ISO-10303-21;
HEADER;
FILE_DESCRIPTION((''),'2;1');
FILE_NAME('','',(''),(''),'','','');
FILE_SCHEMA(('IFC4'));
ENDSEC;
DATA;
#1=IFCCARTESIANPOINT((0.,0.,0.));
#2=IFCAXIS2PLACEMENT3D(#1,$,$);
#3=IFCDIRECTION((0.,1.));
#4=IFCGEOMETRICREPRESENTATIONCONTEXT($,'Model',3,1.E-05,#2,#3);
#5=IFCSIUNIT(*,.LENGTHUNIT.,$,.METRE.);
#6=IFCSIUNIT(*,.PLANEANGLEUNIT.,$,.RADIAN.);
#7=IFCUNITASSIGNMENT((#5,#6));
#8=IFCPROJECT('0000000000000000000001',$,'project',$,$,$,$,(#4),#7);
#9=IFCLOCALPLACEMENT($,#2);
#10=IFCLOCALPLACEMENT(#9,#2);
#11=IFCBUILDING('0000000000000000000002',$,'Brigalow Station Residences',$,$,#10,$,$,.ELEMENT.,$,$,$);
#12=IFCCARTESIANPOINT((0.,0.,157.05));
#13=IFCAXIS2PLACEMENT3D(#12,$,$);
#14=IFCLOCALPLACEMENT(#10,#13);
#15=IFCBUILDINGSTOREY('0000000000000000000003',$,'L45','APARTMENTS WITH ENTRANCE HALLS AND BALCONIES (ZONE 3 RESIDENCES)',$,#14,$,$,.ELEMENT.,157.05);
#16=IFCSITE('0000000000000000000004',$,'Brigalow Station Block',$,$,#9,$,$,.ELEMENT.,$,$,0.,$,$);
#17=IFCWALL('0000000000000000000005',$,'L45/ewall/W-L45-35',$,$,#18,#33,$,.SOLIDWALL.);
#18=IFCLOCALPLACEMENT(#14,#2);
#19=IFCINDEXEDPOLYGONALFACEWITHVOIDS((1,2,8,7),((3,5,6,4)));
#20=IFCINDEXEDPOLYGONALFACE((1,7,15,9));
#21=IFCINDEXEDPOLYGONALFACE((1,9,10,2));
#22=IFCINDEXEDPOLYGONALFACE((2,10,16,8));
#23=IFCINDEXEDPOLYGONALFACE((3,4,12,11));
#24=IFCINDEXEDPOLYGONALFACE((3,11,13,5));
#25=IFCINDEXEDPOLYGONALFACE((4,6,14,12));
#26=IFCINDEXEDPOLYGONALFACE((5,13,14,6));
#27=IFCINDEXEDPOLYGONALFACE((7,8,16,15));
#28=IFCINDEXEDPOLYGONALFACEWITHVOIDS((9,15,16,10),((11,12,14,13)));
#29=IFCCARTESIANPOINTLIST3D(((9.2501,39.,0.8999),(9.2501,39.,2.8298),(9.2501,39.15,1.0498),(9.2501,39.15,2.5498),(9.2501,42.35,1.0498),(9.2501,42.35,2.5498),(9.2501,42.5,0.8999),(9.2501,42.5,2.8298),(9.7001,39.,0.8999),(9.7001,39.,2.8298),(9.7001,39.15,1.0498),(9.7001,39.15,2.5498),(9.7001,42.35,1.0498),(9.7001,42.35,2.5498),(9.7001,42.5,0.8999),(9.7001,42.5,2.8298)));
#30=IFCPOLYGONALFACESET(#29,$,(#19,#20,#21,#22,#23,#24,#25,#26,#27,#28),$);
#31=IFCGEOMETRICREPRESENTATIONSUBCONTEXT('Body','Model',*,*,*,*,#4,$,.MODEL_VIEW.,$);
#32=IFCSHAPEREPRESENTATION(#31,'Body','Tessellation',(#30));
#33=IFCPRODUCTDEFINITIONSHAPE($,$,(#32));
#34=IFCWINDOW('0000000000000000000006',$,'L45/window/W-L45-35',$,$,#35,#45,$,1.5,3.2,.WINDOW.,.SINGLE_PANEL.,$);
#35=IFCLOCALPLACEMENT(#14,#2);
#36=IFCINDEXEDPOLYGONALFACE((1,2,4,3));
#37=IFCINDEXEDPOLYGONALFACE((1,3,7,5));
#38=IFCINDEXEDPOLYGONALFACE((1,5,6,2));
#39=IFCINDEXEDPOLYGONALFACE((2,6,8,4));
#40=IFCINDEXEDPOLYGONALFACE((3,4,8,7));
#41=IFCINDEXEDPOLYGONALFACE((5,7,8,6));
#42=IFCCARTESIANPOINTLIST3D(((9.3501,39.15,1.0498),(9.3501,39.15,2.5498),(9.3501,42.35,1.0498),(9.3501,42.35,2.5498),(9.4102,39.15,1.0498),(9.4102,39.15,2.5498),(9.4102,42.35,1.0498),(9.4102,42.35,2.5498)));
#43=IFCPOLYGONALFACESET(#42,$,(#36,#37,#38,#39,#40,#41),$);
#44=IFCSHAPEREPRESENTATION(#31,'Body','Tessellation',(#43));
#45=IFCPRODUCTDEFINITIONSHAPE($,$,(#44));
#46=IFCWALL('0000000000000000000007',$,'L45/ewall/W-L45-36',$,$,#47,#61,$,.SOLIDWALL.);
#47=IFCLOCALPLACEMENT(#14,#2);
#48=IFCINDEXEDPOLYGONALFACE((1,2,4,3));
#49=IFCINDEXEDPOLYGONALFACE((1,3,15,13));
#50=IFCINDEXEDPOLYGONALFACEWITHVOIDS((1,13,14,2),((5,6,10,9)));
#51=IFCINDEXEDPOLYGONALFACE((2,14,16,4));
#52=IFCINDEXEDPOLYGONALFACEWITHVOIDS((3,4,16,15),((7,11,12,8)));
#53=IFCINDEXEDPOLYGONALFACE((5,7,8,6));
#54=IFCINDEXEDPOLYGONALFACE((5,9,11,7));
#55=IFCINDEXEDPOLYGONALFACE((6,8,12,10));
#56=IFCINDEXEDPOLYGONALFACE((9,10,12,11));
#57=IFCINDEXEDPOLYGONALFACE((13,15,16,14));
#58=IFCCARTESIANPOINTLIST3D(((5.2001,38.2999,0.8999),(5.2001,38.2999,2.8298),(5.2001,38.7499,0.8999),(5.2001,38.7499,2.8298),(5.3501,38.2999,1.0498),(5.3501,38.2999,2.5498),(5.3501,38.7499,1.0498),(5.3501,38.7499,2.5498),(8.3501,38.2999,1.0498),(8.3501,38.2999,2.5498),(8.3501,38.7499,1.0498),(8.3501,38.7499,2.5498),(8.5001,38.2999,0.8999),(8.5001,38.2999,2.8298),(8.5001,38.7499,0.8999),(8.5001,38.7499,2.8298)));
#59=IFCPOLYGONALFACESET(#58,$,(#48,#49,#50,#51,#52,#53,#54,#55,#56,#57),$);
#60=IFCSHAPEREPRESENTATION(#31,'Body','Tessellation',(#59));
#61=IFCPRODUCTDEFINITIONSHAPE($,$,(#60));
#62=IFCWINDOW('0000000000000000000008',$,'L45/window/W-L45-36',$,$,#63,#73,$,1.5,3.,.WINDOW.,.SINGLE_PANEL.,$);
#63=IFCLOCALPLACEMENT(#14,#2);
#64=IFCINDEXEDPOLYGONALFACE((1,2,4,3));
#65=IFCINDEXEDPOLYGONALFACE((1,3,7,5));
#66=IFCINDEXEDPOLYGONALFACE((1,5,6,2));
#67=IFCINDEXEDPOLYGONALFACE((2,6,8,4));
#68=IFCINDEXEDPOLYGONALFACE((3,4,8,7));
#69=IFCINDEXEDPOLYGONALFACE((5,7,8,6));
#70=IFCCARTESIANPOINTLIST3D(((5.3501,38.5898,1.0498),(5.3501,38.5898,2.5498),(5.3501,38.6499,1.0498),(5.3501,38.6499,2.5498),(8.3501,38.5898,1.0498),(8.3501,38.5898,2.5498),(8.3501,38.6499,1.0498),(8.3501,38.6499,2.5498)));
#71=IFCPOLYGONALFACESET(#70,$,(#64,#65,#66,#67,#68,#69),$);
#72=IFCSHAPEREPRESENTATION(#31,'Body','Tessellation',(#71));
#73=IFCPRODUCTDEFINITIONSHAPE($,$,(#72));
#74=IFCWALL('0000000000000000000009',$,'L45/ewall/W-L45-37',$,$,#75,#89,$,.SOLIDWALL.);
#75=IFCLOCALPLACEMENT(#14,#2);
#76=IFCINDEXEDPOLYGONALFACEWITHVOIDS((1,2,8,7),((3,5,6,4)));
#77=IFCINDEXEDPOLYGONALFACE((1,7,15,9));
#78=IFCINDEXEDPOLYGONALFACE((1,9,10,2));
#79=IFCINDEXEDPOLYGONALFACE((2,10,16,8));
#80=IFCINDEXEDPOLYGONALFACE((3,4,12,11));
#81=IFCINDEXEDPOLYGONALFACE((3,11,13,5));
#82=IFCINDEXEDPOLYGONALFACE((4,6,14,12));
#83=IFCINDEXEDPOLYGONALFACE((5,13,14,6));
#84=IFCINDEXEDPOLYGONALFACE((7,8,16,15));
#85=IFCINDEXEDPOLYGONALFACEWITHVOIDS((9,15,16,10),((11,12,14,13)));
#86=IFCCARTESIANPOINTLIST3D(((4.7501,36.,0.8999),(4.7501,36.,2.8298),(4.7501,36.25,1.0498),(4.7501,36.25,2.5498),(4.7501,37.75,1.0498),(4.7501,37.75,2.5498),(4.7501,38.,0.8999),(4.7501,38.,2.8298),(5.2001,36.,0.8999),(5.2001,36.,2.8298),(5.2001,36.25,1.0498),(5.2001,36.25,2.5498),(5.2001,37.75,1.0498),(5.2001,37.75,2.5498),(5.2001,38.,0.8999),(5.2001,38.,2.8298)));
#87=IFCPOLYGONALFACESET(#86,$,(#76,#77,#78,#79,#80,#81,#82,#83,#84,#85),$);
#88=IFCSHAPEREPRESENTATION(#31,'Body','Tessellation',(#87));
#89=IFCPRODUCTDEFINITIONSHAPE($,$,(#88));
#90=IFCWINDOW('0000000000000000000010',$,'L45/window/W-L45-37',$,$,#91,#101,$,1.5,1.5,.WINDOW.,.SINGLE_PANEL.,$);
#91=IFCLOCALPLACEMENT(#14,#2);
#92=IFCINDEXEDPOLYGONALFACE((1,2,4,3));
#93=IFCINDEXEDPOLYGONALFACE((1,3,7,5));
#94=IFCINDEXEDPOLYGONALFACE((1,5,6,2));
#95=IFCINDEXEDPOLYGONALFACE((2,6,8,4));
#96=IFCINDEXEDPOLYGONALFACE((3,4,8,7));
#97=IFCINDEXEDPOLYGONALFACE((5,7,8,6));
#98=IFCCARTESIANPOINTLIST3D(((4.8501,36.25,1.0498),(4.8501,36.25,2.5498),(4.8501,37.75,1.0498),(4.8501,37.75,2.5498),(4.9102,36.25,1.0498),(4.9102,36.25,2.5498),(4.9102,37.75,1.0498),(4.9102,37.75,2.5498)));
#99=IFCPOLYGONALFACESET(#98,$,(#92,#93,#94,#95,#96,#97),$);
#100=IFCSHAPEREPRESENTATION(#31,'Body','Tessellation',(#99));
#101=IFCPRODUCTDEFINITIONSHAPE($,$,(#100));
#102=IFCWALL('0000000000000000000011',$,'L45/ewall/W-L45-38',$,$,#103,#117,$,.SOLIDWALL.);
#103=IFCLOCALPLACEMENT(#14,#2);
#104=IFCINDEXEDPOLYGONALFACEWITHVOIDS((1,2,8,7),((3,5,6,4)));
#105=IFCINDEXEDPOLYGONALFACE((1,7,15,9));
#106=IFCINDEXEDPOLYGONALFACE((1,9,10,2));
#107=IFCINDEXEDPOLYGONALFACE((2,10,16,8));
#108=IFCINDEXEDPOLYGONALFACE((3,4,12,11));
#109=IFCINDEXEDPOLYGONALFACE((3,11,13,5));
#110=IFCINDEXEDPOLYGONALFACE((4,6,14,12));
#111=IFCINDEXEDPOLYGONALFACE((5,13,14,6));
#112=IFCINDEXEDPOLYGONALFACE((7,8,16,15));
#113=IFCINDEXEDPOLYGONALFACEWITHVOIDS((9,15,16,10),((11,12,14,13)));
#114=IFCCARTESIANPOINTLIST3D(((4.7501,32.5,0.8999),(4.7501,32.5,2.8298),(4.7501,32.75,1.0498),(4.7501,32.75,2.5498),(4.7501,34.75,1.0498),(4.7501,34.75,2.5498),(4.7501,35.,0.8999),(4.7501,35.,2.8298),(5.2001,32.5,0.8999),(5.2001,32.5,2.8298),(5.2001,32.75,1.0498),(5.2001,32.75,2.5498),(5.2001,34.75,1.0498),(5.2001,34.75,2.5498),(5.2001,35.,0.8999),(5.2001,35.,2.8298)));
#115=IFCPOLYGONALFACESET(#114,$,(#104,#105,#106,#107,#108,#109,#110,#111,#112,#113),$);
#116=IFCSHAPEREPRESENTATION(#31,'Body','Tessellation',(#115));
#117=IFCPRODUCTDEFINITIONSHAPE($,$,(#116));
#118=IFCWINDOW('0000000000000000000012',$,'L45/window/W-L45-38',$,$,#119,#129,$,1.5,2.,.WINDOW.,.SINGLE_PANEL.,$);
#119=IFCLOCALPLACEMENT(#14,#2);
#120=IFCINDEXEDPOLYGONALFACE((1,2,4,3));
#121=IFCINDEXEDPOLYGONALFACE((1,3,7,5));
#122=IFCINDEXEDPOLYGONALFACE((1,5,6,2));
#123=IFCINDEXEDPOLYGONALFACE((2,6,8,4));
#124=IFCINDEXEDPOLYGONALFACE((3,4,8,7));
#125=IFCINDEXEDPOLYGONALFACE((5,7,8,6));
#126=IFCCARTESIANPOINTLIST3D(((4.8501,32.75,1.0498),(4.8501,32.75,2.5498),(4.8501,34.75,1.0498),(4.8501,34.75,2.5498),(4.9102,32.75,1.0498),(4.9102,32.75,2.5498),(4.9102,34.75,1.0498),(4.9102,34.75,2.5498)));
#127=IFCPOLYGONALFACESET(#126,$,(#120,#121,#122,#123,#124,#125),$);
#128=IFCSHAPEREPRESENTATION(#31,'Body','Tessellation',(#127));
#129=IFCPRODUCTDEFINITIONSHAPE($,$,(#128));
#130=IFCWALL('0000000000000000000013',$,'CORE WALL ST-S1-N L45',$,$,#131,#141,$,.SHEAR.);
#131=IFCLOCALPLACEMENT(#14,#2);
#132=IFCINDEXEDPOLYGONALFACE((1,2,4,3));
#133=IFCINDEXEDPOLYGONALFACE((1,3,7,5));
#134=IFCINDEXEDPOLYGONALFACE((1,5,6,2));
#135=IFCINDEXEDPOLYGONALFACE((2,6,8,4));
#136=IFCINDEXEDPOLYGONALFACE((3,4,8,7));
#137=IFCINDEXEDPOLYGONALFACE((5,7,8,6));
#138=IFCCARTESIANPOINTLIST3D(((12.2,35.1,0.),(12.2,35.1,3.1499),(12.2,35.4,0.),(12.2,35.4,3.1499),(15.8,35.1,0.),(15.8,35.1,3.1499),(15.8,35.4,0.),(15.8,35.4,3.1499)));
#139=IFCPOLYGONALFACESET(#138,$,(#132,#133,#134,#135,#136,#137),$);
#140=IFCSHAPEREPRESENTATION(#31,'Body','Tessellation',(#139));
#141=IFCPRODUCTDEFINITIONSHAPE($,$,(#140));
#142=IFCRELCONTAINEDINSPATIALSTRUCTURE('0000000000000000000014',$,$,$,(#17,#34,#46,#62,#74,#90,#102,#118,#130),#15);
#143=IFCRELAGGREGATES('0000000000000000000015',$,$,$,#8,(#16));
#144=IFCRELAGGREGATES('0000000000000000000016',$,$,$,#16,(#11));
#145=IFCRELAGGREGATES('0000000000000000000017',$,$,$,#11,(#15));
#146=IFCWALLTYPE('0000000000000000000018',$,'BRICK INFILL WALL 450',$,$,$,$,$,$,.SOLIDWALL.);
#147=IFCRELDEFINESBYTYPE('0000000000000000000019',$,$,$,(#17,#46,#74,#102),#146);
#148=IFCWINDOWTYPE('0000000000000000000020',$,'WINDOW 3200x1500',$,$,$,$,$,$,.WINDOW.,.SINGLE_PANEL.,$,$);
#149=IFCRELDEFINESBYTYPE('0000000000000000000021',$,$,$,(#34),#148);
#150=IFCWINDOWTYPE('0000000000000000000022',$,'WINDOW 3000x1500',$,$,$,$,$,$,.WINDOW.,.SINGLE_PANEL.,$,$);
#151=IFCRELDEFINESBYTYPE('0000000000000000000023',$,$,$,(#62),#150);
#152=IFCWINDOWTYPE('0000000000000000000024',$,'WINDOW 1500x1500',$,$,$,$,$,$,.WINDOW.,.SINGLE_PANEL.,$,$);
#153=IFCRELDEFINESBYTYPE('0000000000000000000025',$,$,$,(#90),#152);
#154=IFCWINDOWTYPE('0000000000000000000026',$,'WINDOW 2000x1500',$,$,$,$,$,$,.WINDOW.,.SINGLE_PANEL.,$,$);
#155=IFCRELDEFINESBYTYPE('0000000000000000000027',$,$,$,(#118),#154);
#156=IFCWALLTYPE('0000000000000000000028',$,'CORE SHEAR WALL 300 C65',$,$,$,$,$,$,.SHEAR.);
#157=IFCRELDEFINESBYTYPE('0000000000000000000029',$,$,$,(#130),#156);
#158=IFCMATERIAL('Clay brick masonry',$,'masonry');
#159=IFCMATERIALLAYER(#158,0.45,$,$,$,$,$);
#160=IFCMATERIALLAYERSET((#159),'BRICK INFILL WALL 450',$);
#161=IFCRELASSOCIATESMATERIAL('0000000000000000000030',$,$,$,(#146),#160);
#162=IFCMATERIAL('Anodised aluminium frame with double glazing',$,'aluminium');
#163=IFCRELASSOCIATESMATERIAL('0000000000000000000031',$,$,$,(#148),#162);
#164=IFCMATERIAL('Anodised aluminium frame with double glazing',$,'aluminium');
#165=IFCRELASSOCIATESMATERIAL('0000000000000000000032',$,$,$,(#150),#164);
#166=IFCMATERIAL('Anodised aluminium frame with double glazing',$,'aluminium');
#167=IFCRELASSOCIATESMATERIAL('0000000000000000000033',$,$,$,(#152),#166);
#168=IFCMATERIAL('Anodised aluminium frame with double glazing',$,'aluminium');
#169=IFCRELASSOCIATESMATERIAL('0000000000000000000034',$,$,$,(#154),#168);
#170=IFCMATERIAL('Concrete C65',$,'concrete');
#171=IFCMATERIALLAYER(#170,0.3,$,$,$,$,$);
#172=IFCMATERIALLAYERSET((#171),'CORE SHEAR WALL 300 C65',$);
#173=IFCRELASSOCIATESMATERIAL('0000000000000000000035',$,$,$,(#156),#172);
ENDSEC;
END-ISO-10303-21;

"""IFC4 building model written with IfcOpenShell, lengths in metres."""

from ifc_helpers import new_model, si_unit, direction, frame, frame_2d, origin, place, context, subcontext, project, spatial, rectangle, extrude, material, layer, layer_set, type_object, element, fill, save


model = new_model("IFC4")

# Units and contexts
model_context = context("Model", 3, precision=1e-05, world=origin(), true_north=direction((0.0, 1.0)))
body_context = subcontext(model_context, "Body", "Model", "MODEL_VIEW")
ifc_project = project(units=[si_unit("LENGTHUNIT", "METRE"), si_unit("PLANEANGLEUNIT", "RADIAN")], contexts=[model_context])

# Site, building, storey
site_placement = place(None, origin())
site = spatial("IfcSite", under=ifc_project, at=site_placement, Name="Brigalow Station Block", CompositionType="ELEMENT", RefElevation=0.0)
building_placement = place(site_placement, origin())
building = spatial("IfcBuilding", under=site, at=building_placement, Name="Brigalow Station Residences", CompositionType="ELEMENT")
storey_placement = place(building_placement, frame((0.0, 0.0, 157.05)))
storey = spatial("IfcBuildingStorey", under=building, at=storey_placement, Name="L45", Description="APARTMENTS WITH ENTRANCE HALLS AND BALCONIES (ZONE 3 RESIDENCES)", CompositionType="ELEMENT", Elevation=157.05)

# Shared definitions
ifc_material_1 = material(Name="Clay brick masonry", Category="masonry")
ifc_layer_1 = layer(ifc_material_1, 0.45)
ifc_layer_set_1 = layer_set([ifc_layer_1], Name="BRICK INFILL WALL 450")
wall_type_1 = type_object("IfcWallType", Name="BRICK INFILL WALL 450", PredefinedType="SOLIDWALL", material=ifc_layer_set_1)

# Walls, openings, windows
wall_1_placement = place(storey_placement, frame((9.4751, 42.5, 0.8999), z_axis=(0.0, 0.0, 1.0), x_axis=(0.0, -1.0, 0.0)))
wall_1 = element("IfcWall", 1, at=wall_1_placement, inside=storey, type_object=wall_type_1, Name="L45/ewall/W-L45-35", PredefinedType="SOLIDWALL", context=body_context, shape_type="SweptSolid", body=[
    extrude(rectangle(XDim=3.5, YDim=0.45, at=frame_2d((1.75, 0.0))), origin(), (0.0, 0.0, 1.0), 1.9299),
])
opening_1_placement = place(wall_1_placement, frame((0.1499, 0.0, 0.1499)))
opening_1 = element("IfcOpeningElement", 2, at=opening_1_placement, cuts=wall_1, PredefinedType="OPENING", context=body_context, shape_type="SweptSolid", body=[
    extrude(rectangle(XDim=3.2, YDim=1.5, at=frame_2d((1.6001, 0.75))), frame((0.0, 0.2349, 0.0), z_axis=(0.0, -1.0, 0.0), x_axis=(1.0, 0.0, 0.0)), (0.0, 0.0, 1.0), 0.47),
])
ifc_material_2 = material(Name="Anodised aluminium frame with double glazing", Category="aluminium")
window_type_1 = type_object("IfcWindowType", Name="WINDOW 3200x1500", PartitioningType="SINGLE_PANEL", PredefinedType="WINDOW", material=ifc_material_2)
window_1_placement = place(opening_1_placement, origin())
window_1 = element("IfcWindow", 3, at=window_1_placement, inside=storey, type_object=window_type_1, Name="L45/window/W-L45-35", OverallHeight=1.5, OverallWidth=3.2, PartitioningType="SINGLE_PANEL", PredefinedType="WINDOW", context=body_context, shape_type="SweptSolid", body=[
    extrude(rectangle(XDim=3.2, YDim=1.5, at=frame_2d((1.6001, 0.75))), frame((0.0, -0.0649, 0.0), z_axis=(0.0, -1.0, 0.0), x_axis=(1.0, 0.0, 0.0)), (0.0, 0.0, 1.0), 0.0601),
])
fill(opening_1, window_1)
wall_2_placement = place(storey_placement, frame((8.5, 38.5249, 0.8999), z_axis=(0.0, 0.0, 1.0), x_axis=(-1.0, 0.0, 0.0)))
wall_2 = element("IfcWall", 4, at=wall_2_placement, inside=storey, type_object=wall_type_1, Name="L45/ewall/W-L45-36", PredefinedType="SOLIDWALL", context=body_context, shape_type="SweptSolid", body=[
    extrude(rectangle(XDim=3.3, YDim=0.45, at=frame_2d((1.6499, 0.0))), origin(), (0.0, 0.0, 1.0), 1.9299),
])
opening_2_placement = place(wall_2_placement, frame((0.1499, 0.0, 0.1499)))
opening_2 = element("IfcOpeningElement", 5, at=opening_2_placement, cuts=wall_2, PredefinedType="OPENING", context=body_context, shape_type="SweptSolid", body=[
    extrude(rectangle(XDim=3.0, YDim=1.5, at=frame_2d((1.5, 0.75))), frame((0.0, 0.2349, 0.0), z_axis=(0.0, -1.0, 0.0), x_axis=(1.0, 0.0, 0.0)), (0.0, 0.0, 1.0), 0.47),
])
ifc_material_3 = material(Name="Anodised aluminium frame with double glazing", Category="aluminium")
window_type_2 = type_object("IfcWindowType", Name="WINDOW 3000x1500", PartitioningType="SINGLE_PANEL", PredefinedType="WINDOW", material=ifc_material_3)
window_2_placement = place(opening_2_placement, origin())
window_2 = element("IfcWindow", 6, at=window_2_placement, inside=storey, type_object=window_type_2, Name="L45/window/W-L45-36", OverallHeight=1.5, OverallWidth=3.0, PartitioningType="SINGLE_PANEL", PredefinedType="WINDOW", context=body_context, shape_type="SweptSolid", body=[
    extrude(rectangle(XDim=3.0, YDim=1.5, at=frame_2d((1.5, 0.75))), frame((0.0, -0.0649, 0.0), z_axis=(0.0, -1.0, 0.0), x_axis=(1.0, 0.0, 0.0)), (0.0, 0.0, 1.0), 0.0601),
])
fill(opening_2, window_2)
wall_3_placement = place(storey_placement, frame((4.9751, 38.0, 0.8999), z_axis=(0.0, 0.0, 1.0), x_axis=(0.0, -1.0, 0.0)))
wall_3 = element("IfcWall", 7, at=wall_3_placement, inside=storey, type_object=wall_type_1, Name="L45/ewall/W-L45-37", PredefinedType="SOLIDWALL", context=body_context, shape_type="SweptSolid", body=[
    extrude(rectangle(XDim=2.0, YDim=0.45, at=frame_2d((1.0, 0.0))), origin(), (0.0, 0.0, 1.0), 1.9299),
])
opening_3_placement = place(wall_3_placement, frame((0.25, 0.0, 0.1499)))
opening_3 = element("IfcOpeningElement", 8, at=opening_3_placement, cuts=wall_3, PredefinedType="OPENING", context=body_context, shape_type="SweptSolid", body=[
    extrude(rectangle(XDim=1.5, YDim=1.5, at=frame_2d((0.75, 0.75))), frame((0.0, 0.2349, 0.0), z_axis=(0.0, -1.0, 0.0), x_axis=(1.0, 0.0, 0.0)), (0.0, 0.0, 1.0), 0.47),
])
ifc_material_4 = material(Name="Anodised aluminium frame with double glazing", Category="aluminium")
window_type_3 = type_object("IfcWindowType", Name="WINDOW 1500x1500", PartitioningType="SINGLE_PANEL", PredefinedType="WINDOW", material=ifc_material_4)
window_3_placement = place(opening_3_placement, origin())
window_3 = element("IfcWindow", 9, at=window_3_placement, inside=storey, type_object=window_type_3, Name="L45/window/W-L45-37", OverallHeight=1.5, OverallWidth=1.5, PartitioningType="SINGLE_PANEL", PredefinedType="WINDOW", context=body_context, shape_type="SweptSolid", body=[
    extrude(rectangle(XDim=1.5, YDim=1.5, at=frame_2d((0.75, 0.75))), frame((0.0, -0.0649, 0.0), z_axis=(0.0, -1.0, 0.0), x_axis=(1.0, 0.0, 0.0)), (0.0, 0.0, 1.0), 0.0601),
])
fill(opening_3, window_3)
wall_4_placement = place(storey_placement, frame((4.9751, 35.0, 0.8999), z_axis=(0.0, 0.0, 1.0), x_axis=(0.0, -1.0, 0.0)))
wall_4 = element("IfcWall", 10, at=wall_4_placement, inside=storey, type_object=wall_type_1, Name="L45/ewall/W-L45-38", PredefinedType="SOLIDWALL", context=body_context, shape_type="SweptSolid", body=[
    extrude(rectangle(XDim=2.5, YDim=0.45, at=frame_2d((1.25, 0.0))), origin(), (0.0, 0.0, 1.0), 1.9299),
])
opening_4_placement = place(wall_4_placement, frame((0.25, 0.0, 0.1499)))
opening_4 = element("IfcOpeningElement", 11, at=opening_4_placement, cuts=wall_4, PredefinedType="OPENING", context=body_context, shape_type="SweptSolid", body=[
    extrude(rectangle(XDim=2.0, YDim=1.5, at=frame_2d((1.0, 0.75))), frame((0.0, 0.2349, 0.0), z_axis=(0.0, -1.0, 0.0), x_axis=(1.0, 0.0, 0.0)), (0.0, 0.0, 1.0), 0.47),
])
ifc_material_5 = material(Name="Anodised aluminium frame with double glazing", Category="aluminium")
window_type_4 = type_object("IfcWindowType", Name="WINDOW 2000x1500", PartitioningType="SINGLE_PANEL", PredefinedType="WINDOW", material=ifc_material_5)
window_4_placement = place(opening_4_placement, origin())
window_4 = element("IfcWindow", 12, at=window_4_placement, inside=storey, type_object=window_type_4, Name="L45/window/W-L45-38", OverallHeight=1.5, OverallWidth=2.0, PartitioningType="SINGLE_PANEL", PredefinedType="WINDOW", context=body_context, shape_type="SweptSolid", body=[
    extrude(rectangle(XDim=2.0, YDim=1.5, at=frame_2d((1.0, 0.75))), frame((0.0, -0.0649, 0.0), z_axis=(0.0, -1.0, 0.0), x_axis=(1.0, 0.0, 0.0)), (0.0, 0.0, 1.0), 0.0601),
])
fill(opening_4, window_4)

# Wall
ifc_material_6 = material(Name="Concrete C65", Category="concrete")
ifc_layer_2 = layer(ifc_material_6, 0.3)
ifc_layer_set_2 = layer_set([ifc_layer_2], Name="CORE SHEAR WALL 300 C65")
wall_type_2 = type_object("IfcWallType", Name="CORE SHEAR WALL 300 C65", PredefinedType="SHEAR", material=ifc_layer_set_2)
wall_5_placement = place(storey_placement, frame((12.2, 35.25, 0.0), z_axis=(0.0, 0.0, 1.0), x_axis=(1.0, 0.0, 0.0)))
element("IfcWall", 13, at=wall_5_placement, inside=storey, type_object=wall_type_2, Name="CORE WALL ST-S1-N L45", PredefinedType="SHEAR", context=body_context, shape_type="SweptSolid", body=[
    extrude(rectangle(XDim=3.6001, YDim=0.3, at=frame_2d((1.8, 0.0))), origin(), (0.0, 0.0, 1.0), 3.1499),
])

save(model, "model.ifc")
